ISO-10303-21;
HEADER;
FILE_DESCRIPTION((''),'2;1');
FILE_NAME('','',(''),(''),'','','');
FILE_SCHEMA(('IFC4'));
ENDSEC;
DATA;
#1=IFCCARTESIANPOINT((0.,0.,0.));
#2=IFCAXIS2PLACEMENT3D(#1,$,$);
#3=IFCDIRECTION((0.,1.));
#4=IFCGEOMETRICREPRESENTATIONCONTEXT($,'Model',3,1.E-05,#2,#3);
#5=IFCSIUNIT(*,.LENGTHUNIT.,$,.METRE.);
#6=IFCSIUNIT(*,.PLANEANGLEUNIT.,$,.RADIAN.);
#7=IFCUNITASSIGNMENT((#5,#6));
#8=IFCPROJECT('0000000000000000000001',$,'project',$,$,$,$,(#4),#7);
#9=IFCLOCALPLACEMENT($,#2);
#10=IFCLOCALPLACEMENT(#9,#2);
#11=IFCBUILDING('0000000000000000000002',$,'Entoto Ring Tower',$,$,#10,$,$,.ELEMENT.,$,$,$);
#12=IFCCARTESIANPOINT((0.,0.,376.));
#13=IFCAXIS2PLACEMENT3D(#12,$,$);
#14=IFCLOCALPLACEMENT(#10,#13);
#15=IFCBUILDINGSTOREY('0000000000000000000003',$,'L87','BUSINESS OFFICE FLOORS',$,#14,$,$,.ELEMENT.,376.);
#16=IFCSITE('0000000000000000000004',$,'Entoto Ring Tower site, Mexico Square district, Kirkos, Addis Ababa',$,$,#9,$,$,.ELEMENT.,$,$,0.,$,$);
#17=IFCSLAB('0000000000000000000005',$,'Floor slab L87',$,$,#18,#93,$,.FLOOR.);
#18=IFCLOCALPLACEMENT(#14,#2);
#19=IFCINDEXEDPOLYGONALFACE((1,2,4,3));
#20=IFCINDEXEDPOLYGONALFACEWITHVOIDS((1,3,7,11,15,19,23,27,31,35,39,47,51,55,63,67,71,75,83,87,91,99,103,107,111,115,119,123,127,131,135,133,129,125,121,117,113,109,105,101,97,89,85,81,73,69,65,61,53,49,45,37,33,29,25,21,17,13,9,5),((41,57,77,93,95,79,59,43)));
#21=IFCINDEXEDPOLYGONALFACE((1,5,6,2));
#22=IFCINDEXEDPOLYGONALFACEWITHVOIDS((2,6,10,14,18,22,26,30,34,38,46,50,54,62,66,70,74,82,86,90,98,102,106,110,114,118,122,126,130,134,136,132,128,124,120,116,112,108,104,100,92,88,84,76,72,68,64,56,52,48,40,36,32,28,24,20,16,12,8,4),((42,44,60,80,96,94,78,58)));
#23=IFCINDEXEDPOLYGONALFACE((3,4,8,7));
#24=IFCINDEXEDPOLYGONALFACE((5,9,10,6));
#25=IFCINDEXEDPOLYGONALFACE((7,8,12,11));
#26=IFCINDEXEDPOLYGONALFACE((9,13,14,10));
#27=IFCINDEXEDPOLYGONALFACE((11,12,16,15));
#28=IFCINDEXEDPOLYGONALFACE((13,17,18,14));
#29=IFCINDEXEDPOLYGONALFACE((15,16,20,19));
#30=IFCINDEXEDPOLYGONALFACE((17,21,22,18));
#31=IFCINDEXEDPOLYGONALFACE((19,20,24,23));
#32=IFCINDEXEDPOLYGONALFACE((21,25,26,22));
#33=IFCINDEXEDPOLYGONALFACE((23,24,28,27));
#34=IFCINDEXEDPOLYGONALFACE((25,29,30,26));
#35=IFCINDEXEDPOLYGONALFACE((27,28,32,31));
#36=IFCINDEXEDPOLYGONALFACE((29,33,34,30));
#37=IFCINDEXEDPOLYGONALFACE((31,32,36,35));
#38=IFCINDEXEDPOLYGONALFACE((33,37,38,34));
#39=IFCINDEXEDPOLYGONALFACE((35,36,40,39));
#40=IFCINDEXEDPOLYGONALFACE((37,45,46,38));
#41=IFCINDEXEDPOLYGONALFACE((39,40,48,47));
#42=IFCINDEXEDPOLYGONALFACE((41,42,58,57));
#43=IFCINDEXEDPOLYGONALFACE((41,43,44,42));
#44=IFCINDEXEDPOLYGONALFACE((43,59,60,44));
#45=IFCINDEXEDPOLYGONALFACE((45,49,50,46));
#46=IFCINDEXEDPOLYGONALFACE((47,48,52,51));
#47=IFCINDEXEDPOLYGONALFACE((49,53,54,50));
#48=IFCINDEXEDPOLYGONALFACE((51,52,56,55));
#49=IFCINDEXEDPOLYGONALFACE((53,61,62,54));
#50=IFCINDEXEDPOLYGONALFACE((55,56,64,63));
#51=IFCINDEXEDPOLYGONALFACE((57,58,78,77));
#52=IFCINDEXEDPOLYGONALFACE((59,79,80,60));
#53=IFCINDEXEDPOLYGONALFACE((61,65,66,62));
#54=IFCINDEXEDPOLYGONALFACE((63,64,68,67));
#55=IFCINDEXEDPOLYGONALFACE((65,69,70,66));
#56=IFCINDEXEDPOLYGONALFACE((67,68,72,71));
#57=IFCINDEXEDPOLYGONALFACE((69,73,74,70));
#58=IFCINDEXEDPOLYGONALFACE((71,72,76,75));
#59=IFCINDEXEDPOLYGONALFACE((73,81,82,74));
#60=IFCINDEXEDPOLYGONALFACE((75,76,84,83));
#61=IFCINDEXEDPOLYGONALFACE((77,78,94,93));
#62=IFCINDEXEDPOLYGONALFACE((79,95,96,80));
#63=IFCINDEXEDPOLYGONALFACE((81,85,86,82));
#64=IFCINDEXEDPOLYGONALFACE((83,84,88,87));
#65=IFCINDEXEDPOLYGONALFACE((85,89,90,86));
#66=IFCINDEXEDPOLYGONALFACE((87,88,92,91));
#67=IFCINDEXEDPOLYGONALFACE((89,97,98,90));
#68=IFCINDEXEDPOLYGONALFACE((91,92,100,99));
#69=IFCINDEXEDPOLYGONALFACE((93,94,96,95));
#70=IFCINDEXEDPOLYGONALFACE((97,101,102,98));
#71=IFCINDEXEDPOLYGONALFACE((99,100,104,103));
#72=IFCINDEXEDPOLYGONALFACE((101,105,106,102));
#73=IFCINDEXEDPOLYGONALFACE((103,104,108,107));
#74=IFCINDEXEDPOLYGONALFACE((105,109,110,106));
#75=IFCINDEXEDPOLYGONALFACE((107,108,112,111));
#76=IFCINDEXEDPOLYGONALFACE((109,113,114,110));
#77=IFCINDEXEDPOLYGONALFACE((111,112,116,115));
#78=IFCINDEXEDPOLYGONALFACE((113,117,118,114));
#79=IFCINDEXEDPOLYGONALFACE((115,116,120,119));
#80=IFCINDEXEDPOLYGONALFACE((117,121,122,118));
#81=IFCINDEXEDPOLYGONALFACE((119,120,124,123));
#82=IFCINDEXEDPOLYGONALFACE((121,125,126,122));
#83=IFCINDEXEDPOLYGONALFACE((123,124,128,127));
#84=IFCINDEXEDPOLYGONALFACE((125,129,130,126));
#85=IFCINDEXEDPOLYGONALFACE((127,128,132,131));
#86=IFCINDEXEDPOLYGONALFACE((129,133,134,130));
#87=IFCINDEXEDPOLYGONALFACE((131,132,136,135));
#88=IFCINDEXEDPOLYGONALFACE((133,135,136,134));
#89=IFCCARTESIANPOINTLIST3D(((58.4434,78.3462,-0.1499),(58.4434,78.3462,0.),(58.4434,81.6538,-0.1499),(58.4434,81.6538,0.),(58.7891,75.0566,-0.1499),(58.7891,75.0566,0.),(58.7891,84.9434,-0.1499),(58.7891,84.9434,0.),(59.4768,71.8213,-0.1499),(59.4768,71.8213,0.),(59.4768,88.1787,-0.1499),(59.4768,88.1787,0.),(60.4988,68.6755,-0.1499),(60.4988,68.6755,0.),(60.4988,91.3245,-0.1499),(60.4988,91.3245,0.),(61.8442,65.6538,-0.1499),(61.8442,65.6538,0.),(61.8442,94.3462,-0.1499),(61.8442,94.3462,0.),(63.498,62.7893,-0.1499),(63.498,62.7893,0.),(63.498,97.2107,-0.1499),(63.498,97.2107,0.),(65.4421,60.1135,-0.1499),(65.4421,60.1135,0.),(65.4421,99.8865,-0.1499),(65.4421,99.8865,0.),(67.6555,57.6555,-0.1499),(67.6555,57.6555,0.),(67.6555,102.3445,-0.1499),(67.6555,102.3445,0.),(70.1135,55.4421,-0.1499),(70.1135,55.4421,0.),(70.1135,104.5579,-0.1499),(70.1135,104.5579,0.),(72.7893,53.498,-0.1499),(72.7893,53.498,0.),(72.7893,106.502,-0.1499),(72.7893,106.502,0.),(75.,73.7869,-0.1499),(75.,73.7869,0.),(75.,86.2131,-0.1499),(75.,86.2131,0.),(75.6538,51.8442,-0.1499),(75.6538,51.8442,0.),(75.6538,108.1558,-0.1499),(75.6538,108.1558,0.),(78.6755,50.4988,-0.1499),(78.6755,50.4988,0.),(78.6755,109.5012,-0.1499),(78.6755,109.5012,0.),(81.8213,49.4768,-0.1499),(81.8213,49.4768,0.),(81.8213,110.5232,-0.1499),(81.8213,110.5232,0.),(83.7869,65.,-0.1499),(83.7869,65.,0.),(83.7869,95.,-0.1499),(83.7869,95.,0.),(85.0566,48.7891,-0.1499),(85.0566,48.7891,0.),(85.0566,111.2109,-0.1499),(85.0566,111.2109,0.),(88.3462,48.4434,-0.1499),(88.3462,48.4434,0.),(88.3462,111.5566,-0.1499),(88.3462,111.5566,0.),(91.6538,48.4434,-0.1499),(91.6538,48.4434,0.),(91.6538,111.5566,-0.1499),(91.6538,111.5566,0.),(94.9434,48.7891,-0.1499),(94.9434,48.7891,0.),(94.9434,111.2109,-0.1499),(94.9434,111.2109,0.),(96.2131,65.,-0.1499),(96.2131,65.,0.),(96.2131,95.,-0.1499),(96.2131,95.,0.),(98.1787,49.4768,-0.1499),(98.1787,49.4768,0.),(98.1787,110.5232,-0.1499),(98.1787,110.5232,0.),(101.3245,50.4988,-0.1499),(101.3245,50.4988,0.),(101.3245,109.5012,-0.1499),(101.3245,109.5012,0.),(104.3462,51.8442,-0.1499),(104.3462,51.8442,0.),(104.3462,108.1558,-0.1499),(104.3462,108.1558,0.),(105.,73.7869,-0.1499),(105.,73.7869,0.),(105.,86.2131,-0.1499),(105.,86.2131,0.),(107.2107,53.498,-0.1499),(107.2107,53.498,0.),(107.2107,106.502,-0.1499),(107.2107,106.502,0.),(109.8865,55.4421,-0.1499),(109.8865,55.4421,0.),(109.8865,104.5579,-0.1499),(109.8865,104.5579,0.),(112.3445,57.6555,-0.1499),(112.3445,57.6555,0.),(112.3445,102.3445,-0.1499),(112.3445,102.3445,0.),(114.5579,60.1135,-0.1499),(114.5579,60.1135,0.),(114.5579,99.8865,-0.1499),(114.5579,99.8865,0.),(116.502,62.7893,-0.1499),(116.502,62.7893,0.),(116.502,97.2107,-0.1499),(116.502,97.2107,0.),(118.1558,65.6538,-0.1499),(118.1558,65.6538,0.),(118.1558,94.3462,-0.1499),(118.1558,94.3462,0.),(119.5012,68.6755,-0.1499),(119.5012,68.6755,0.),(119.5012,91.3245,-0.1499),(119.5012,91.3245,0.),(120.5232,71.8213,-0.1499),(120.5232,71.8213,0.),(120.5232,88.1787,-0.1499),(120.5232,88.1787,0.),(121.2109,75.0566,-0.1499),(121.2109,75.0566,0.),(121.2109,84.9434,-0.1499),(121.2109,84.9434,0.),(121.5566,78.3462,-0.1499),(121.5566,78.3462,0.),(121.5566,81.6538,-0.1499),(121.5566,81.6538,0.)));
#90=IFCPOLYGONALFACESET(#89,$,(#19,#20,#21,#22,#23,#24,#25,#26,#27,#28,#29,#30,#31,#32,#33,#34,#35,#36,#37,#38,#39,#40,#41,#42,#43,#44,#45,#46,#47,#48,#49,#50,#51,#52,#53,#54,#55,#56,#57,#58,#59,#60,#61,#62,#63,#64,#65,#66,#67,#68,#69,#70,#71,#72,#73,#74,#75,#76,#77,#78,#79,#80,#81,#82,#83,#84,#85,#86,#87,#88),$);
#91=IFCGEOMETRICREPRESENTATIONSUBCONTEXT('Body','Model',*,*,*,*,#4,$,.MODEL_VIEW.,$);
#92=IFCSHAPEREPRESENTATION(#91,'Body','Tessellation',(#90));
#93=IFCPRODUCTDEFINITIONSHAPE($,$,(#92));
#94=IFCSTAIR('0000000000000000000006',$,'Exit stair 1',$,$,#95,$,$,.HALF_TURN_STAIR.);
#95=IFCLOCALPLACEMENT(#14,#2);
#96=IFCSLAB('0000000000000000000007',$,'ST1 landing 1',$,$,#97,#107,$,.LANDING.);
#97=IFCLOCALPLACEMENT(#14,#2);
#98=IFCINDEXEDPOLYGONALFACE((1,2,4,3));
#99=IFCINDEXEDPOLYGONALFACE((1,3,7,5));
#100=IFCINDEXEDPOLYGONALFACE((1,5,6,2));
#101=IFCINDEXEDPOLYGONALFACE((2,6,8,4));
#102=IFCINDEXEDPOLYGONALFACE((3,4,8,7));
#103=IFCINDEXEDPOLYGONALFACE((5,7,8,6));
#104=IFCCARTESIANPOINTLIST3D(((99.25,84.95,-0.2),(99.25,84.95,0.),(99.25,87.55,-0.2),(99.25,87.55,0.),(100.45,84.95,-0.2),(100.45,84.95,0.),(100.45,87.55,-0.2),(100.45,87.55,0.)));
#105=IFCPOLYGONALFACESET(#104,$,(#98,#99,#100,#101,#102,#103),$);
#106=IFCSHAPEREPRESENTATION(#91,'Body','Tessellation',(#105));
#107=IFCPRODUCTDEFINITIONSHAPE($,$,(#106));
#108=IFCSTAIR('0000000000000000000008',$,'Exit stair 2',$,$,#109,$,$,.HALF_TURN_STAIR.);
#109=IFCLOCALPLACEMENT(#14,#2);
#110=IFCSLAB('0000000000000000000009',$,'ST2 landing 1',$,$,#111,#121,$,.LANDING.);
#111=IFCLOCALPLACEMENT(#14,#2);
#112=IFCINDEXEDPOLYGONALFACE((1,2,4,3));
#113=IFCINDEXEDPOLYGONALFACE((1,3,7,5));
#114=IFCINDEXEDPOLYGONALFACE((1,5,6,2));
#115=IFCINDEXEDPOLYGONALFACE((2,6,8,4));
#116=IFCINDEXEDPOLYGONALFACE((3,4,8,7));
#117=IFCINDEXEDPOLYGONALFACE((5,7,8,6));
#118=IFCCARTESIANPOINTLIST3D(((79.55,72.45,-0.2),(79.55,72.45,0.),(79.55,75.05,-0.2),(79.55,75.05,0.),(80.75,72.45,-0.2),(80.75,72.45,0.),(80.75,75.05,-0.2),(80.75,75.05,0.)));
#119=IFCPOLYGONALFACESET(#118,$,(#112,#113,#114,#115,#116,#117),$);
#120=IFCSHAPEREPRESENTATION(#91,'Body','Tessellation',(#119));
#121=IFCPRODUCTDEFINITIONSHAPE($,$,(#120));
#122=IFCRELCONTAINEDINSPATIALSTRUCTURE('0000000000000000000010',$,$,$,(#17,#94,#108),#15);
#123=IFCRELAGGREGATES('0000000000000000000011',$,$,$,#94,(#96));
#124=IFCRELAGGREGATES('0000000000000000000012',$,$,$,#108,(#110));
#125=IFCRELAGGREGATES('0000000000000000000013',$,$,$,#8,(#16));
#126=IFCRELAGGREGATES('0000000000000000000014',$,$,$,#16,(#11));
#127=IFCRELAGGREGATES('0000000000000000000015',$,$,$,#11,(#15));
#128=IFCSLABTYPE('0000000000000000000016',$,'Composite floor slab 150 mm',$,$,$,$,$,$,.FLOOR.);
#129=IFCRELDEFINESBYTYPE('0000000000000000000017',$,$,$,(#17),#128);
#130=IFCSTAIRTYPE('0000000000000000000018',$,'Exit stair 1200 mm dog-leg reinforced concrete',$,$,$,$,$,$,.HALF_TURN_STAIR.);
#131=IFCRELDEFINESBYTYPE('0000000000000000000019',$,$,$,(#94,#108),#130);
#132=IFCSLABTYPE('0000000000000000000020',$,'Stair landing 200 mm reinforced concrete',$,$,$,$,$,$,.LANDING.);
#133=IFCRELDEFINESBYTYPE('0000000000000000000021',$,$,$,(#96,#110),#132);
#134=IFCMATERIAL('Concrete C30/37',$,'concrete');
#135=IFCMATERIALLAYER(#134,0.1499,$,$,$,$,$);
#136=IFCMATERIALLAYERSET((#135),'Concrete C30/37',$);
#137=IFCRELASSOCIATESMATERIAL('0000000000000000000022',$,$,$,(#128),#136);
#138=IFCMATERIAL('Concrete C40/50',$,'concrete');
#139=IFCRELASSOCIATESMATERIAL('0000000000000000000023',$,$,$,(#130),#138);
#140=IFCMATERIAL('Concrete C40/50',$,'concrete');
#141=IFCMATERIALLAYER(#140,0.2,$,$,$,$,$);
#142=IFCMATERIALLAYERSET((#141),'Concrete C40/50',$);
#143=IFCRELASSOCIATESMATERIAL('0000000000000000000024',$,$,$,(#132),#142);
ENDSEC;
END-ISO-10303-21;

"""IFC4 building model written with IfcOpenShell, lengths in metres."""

from ifc_helpers import new_model, si_unit, direction, frame, origin, place, context, subcontext, project, spatial, polyline, outline, extrude, material, layer, layer_set, type_object, element, aggregate, save


model = new_model("IFC4")

# Units and contexts
model_context = context("Model", 3, precision=1e-05, world=origin(), true_north=direction((0.0, 1.0)))
body_context = subcontext(model_context, "Body", "Model", "MODEL_VIEW")
ifc_project = project(units=[si_unit("LENGTHUNIT", "METRE"), si_unit("PLANEANGLEUNIT", "RADIAN")], contexts=[model_context])

# Site, building, storey
site_placement = place(None, origin())
building_placement = place(site_placement, origin())
storey_placement = place(building_placement, frame((0.0, 0.0, 376.0)))
site = spatial("IfcSite", under=ifc_project, at=site_placement, Name="Entoto Ring Tower site, Mexico Square district, Kirkos, Addis Ababa", CompositionType="ELEMENT", RefElevation=0.0)
building = spatial("IfcBuilding", under=site, at=building_placement, Name="Entoto Ring Tower", CompositionType="ELEMENT")
storey = spatial("IfcBuildingStorey", under=building, at=storey_placement, Name="L87", Description="BUSINESS OFFICE FLOORS", CompositionType="ELEMENT", Elevation=376.0)

# Slab
ifc_material_1 = material(Name="Concrete C30/37", Category="concrete")
ifc_layer_1 = layer(ifc_material_1, 0.1499)
ifc_layer_set_1 = layer_set([ifc_layer_1], Name="Concrete C30/37")
slab_type_1 = type_object("IfcSlabType", Name="Composite floor slab 150 mm", PredefinedType="FLOOR", material=ifc_layer_set_1)
slab_1_placement = place(storey_placement, frame((0.0, 0.0, -0.1499)))
element("IfcSlab", 1, at=slab_1_placement, inside=storey, type_object=slab_type_1, Name="Floor slab L87", PredefinedType="FLOOR", context=body_context, shape_type="SweptSolid", body=[
    extrude(outline(polyline([(121.2109, 84.9434), (120.5232, 88.1787), (119.5012, 91.3245), (118.1558, 94.3462), (116.502, 97.2107), (114.5579, 99.8865), (112.3445, 102.3445), (109.8865, 104.5579), (107.2107, 106.502), (104.3462, 108.1558), (101.3245, 109.5012), (98.1787, 110.5232), (94.9434, 111.2109), (91.6538, 111.5566), (88.3462, 111.5566), (85.0566, 111.2109), (81.8213, 110.5232), (78.6755, 109.5012), (75.6538, 108.1558), (72.7893, 106.502), (70.1135, 104.5579), (67.6555, 102.3445), (65.4421, 99.8865), (63.498, 97.2107), (61.8442, 94.3462), (60.4988, 91.3245), (59.4768, 88.1787), (58.7891, 84.9434), (58.4434, 81.6538), (58.4434, 78.3462), (58.7891, 75.0566), (59.4768, 71.8213), (60.4988, 68.6755), (61.8442, 65.6538), (63.498, 62.7893), (65.4421, 60.1135), (67.6555, 57.6555), (70.1135, 55.4421), (72.7893, 53.498), (75.6538, 51.8442), (78.6755, 50.4988), (81.8213, 49.4768), (85.0566, 48.7891), (88.3462, 48.4434), (91.6538, 48.4434), (94.9434, 48.7891), (98.1787, 49.4768), (101.3245, 50.4988), (104.3462, 51.8442), (107.2107, 53.498), (109.8865, 55.4421), (112.3445, 57.6555), (114.5579, 60.1135), (116.502, 62.7893), (118.1558, 65.6538), (119.5012, 68.6755), (120.5232, 71.8213), (121.2109, 75.0566), (121.5566, 78.3462), (121.5566, 81.6538), (121.2109, 84.9434)]), holes=[polyline([(105.0, 73.7869), (105.0, 86.2131), (96.2131, 95.0), (83.7869, 95.0), (75.0, 86.2131), (75.0, 73.7869), (83.7869, 65.0), (96.2131, 65.0), (105.0, 73.7869)])]), origin(), (0.0, 0.0, 1.0), 0.1499),
])

# Stairs, slabs
ifc_material_2 = material(Name="Concrete C40/50", Category="concrete")
stair_type = type_object("IfcStairType", Name="Exit stair 1200 mm dog-leg reinforced concrete", PredefinedType="HALF_TURN_STAIR", material=ifc_material_2)
stair_1_placement = place(storey_placement, origin())
stair_1 = element("IfcStair", 2, at=stair_1_placement, inside=storey, type_object=stair_type, Name="Exit stair 1", PredefinedType="HALF_TURN_STAIR")
ifc_material_3 = material(Name="Concrete C40/50", Category="concrete")
ifc_layer_2 = layer(ifc_material_3, 0.2)
ifc_layer_set_2 = layer_set([ifc_layer_2], Name="Concrete C40/50")
slab_type_2 = type_object("IfcSlabType", Name="Stair landing 200 mm reinforced concrete", PredefinedType="LANDING", material=ifc_layer_set_2)
slab_2_placement = place(storey_placement, frame((0.0, 0.0, -0.2)))
slab_2 = element("IfcSlab", 3, at=slab_2_placement, type_object=slab_type_2, Name="ST1 landing 1", PredefinedType="LANDING", context=body_context, shape_type="SweptSolid", body=[
    extrude(outline(polyline([(100.45, 84.95), (100.45, 87.55), (99.25, 87.55), (99.25, 84.95), (100.45, 84.95)])), origin(), (0.0, 0.0, 1.0), 0.2),
])
aggregate(stair_1, [slab_2])
stair_2_placement = place(storey_placement, origin())
stair_2 = element("IfcStair", 4, at=stair_2_placement, inside=storey, type_object=stair_type, Name="Exit stair 2", PredefinedType="HALF_TURN_STAIR")
slab_3_placement = place(storey_placement, frame((0.0, 0.0, -0.2)))
slab_3 = element("IfcSlab", 5, at=slab_3_placement, type_object=slab_type_2, Name="ST2 landing 1", PredefinedType="LANDING", context=body_context, shape_type="SweptSolid", body=[
    extrude(outline(polyline([(80.75, 72.45), (80.75, 75.05), (79.55, 75.05), (79.55, 72.45), (80.75, 72.45)])), origin(), (0.0, 0.0, 1.0), 0.2),
])
aggregate(stair_2, [slab_3])

save(model, "model.ifc")
